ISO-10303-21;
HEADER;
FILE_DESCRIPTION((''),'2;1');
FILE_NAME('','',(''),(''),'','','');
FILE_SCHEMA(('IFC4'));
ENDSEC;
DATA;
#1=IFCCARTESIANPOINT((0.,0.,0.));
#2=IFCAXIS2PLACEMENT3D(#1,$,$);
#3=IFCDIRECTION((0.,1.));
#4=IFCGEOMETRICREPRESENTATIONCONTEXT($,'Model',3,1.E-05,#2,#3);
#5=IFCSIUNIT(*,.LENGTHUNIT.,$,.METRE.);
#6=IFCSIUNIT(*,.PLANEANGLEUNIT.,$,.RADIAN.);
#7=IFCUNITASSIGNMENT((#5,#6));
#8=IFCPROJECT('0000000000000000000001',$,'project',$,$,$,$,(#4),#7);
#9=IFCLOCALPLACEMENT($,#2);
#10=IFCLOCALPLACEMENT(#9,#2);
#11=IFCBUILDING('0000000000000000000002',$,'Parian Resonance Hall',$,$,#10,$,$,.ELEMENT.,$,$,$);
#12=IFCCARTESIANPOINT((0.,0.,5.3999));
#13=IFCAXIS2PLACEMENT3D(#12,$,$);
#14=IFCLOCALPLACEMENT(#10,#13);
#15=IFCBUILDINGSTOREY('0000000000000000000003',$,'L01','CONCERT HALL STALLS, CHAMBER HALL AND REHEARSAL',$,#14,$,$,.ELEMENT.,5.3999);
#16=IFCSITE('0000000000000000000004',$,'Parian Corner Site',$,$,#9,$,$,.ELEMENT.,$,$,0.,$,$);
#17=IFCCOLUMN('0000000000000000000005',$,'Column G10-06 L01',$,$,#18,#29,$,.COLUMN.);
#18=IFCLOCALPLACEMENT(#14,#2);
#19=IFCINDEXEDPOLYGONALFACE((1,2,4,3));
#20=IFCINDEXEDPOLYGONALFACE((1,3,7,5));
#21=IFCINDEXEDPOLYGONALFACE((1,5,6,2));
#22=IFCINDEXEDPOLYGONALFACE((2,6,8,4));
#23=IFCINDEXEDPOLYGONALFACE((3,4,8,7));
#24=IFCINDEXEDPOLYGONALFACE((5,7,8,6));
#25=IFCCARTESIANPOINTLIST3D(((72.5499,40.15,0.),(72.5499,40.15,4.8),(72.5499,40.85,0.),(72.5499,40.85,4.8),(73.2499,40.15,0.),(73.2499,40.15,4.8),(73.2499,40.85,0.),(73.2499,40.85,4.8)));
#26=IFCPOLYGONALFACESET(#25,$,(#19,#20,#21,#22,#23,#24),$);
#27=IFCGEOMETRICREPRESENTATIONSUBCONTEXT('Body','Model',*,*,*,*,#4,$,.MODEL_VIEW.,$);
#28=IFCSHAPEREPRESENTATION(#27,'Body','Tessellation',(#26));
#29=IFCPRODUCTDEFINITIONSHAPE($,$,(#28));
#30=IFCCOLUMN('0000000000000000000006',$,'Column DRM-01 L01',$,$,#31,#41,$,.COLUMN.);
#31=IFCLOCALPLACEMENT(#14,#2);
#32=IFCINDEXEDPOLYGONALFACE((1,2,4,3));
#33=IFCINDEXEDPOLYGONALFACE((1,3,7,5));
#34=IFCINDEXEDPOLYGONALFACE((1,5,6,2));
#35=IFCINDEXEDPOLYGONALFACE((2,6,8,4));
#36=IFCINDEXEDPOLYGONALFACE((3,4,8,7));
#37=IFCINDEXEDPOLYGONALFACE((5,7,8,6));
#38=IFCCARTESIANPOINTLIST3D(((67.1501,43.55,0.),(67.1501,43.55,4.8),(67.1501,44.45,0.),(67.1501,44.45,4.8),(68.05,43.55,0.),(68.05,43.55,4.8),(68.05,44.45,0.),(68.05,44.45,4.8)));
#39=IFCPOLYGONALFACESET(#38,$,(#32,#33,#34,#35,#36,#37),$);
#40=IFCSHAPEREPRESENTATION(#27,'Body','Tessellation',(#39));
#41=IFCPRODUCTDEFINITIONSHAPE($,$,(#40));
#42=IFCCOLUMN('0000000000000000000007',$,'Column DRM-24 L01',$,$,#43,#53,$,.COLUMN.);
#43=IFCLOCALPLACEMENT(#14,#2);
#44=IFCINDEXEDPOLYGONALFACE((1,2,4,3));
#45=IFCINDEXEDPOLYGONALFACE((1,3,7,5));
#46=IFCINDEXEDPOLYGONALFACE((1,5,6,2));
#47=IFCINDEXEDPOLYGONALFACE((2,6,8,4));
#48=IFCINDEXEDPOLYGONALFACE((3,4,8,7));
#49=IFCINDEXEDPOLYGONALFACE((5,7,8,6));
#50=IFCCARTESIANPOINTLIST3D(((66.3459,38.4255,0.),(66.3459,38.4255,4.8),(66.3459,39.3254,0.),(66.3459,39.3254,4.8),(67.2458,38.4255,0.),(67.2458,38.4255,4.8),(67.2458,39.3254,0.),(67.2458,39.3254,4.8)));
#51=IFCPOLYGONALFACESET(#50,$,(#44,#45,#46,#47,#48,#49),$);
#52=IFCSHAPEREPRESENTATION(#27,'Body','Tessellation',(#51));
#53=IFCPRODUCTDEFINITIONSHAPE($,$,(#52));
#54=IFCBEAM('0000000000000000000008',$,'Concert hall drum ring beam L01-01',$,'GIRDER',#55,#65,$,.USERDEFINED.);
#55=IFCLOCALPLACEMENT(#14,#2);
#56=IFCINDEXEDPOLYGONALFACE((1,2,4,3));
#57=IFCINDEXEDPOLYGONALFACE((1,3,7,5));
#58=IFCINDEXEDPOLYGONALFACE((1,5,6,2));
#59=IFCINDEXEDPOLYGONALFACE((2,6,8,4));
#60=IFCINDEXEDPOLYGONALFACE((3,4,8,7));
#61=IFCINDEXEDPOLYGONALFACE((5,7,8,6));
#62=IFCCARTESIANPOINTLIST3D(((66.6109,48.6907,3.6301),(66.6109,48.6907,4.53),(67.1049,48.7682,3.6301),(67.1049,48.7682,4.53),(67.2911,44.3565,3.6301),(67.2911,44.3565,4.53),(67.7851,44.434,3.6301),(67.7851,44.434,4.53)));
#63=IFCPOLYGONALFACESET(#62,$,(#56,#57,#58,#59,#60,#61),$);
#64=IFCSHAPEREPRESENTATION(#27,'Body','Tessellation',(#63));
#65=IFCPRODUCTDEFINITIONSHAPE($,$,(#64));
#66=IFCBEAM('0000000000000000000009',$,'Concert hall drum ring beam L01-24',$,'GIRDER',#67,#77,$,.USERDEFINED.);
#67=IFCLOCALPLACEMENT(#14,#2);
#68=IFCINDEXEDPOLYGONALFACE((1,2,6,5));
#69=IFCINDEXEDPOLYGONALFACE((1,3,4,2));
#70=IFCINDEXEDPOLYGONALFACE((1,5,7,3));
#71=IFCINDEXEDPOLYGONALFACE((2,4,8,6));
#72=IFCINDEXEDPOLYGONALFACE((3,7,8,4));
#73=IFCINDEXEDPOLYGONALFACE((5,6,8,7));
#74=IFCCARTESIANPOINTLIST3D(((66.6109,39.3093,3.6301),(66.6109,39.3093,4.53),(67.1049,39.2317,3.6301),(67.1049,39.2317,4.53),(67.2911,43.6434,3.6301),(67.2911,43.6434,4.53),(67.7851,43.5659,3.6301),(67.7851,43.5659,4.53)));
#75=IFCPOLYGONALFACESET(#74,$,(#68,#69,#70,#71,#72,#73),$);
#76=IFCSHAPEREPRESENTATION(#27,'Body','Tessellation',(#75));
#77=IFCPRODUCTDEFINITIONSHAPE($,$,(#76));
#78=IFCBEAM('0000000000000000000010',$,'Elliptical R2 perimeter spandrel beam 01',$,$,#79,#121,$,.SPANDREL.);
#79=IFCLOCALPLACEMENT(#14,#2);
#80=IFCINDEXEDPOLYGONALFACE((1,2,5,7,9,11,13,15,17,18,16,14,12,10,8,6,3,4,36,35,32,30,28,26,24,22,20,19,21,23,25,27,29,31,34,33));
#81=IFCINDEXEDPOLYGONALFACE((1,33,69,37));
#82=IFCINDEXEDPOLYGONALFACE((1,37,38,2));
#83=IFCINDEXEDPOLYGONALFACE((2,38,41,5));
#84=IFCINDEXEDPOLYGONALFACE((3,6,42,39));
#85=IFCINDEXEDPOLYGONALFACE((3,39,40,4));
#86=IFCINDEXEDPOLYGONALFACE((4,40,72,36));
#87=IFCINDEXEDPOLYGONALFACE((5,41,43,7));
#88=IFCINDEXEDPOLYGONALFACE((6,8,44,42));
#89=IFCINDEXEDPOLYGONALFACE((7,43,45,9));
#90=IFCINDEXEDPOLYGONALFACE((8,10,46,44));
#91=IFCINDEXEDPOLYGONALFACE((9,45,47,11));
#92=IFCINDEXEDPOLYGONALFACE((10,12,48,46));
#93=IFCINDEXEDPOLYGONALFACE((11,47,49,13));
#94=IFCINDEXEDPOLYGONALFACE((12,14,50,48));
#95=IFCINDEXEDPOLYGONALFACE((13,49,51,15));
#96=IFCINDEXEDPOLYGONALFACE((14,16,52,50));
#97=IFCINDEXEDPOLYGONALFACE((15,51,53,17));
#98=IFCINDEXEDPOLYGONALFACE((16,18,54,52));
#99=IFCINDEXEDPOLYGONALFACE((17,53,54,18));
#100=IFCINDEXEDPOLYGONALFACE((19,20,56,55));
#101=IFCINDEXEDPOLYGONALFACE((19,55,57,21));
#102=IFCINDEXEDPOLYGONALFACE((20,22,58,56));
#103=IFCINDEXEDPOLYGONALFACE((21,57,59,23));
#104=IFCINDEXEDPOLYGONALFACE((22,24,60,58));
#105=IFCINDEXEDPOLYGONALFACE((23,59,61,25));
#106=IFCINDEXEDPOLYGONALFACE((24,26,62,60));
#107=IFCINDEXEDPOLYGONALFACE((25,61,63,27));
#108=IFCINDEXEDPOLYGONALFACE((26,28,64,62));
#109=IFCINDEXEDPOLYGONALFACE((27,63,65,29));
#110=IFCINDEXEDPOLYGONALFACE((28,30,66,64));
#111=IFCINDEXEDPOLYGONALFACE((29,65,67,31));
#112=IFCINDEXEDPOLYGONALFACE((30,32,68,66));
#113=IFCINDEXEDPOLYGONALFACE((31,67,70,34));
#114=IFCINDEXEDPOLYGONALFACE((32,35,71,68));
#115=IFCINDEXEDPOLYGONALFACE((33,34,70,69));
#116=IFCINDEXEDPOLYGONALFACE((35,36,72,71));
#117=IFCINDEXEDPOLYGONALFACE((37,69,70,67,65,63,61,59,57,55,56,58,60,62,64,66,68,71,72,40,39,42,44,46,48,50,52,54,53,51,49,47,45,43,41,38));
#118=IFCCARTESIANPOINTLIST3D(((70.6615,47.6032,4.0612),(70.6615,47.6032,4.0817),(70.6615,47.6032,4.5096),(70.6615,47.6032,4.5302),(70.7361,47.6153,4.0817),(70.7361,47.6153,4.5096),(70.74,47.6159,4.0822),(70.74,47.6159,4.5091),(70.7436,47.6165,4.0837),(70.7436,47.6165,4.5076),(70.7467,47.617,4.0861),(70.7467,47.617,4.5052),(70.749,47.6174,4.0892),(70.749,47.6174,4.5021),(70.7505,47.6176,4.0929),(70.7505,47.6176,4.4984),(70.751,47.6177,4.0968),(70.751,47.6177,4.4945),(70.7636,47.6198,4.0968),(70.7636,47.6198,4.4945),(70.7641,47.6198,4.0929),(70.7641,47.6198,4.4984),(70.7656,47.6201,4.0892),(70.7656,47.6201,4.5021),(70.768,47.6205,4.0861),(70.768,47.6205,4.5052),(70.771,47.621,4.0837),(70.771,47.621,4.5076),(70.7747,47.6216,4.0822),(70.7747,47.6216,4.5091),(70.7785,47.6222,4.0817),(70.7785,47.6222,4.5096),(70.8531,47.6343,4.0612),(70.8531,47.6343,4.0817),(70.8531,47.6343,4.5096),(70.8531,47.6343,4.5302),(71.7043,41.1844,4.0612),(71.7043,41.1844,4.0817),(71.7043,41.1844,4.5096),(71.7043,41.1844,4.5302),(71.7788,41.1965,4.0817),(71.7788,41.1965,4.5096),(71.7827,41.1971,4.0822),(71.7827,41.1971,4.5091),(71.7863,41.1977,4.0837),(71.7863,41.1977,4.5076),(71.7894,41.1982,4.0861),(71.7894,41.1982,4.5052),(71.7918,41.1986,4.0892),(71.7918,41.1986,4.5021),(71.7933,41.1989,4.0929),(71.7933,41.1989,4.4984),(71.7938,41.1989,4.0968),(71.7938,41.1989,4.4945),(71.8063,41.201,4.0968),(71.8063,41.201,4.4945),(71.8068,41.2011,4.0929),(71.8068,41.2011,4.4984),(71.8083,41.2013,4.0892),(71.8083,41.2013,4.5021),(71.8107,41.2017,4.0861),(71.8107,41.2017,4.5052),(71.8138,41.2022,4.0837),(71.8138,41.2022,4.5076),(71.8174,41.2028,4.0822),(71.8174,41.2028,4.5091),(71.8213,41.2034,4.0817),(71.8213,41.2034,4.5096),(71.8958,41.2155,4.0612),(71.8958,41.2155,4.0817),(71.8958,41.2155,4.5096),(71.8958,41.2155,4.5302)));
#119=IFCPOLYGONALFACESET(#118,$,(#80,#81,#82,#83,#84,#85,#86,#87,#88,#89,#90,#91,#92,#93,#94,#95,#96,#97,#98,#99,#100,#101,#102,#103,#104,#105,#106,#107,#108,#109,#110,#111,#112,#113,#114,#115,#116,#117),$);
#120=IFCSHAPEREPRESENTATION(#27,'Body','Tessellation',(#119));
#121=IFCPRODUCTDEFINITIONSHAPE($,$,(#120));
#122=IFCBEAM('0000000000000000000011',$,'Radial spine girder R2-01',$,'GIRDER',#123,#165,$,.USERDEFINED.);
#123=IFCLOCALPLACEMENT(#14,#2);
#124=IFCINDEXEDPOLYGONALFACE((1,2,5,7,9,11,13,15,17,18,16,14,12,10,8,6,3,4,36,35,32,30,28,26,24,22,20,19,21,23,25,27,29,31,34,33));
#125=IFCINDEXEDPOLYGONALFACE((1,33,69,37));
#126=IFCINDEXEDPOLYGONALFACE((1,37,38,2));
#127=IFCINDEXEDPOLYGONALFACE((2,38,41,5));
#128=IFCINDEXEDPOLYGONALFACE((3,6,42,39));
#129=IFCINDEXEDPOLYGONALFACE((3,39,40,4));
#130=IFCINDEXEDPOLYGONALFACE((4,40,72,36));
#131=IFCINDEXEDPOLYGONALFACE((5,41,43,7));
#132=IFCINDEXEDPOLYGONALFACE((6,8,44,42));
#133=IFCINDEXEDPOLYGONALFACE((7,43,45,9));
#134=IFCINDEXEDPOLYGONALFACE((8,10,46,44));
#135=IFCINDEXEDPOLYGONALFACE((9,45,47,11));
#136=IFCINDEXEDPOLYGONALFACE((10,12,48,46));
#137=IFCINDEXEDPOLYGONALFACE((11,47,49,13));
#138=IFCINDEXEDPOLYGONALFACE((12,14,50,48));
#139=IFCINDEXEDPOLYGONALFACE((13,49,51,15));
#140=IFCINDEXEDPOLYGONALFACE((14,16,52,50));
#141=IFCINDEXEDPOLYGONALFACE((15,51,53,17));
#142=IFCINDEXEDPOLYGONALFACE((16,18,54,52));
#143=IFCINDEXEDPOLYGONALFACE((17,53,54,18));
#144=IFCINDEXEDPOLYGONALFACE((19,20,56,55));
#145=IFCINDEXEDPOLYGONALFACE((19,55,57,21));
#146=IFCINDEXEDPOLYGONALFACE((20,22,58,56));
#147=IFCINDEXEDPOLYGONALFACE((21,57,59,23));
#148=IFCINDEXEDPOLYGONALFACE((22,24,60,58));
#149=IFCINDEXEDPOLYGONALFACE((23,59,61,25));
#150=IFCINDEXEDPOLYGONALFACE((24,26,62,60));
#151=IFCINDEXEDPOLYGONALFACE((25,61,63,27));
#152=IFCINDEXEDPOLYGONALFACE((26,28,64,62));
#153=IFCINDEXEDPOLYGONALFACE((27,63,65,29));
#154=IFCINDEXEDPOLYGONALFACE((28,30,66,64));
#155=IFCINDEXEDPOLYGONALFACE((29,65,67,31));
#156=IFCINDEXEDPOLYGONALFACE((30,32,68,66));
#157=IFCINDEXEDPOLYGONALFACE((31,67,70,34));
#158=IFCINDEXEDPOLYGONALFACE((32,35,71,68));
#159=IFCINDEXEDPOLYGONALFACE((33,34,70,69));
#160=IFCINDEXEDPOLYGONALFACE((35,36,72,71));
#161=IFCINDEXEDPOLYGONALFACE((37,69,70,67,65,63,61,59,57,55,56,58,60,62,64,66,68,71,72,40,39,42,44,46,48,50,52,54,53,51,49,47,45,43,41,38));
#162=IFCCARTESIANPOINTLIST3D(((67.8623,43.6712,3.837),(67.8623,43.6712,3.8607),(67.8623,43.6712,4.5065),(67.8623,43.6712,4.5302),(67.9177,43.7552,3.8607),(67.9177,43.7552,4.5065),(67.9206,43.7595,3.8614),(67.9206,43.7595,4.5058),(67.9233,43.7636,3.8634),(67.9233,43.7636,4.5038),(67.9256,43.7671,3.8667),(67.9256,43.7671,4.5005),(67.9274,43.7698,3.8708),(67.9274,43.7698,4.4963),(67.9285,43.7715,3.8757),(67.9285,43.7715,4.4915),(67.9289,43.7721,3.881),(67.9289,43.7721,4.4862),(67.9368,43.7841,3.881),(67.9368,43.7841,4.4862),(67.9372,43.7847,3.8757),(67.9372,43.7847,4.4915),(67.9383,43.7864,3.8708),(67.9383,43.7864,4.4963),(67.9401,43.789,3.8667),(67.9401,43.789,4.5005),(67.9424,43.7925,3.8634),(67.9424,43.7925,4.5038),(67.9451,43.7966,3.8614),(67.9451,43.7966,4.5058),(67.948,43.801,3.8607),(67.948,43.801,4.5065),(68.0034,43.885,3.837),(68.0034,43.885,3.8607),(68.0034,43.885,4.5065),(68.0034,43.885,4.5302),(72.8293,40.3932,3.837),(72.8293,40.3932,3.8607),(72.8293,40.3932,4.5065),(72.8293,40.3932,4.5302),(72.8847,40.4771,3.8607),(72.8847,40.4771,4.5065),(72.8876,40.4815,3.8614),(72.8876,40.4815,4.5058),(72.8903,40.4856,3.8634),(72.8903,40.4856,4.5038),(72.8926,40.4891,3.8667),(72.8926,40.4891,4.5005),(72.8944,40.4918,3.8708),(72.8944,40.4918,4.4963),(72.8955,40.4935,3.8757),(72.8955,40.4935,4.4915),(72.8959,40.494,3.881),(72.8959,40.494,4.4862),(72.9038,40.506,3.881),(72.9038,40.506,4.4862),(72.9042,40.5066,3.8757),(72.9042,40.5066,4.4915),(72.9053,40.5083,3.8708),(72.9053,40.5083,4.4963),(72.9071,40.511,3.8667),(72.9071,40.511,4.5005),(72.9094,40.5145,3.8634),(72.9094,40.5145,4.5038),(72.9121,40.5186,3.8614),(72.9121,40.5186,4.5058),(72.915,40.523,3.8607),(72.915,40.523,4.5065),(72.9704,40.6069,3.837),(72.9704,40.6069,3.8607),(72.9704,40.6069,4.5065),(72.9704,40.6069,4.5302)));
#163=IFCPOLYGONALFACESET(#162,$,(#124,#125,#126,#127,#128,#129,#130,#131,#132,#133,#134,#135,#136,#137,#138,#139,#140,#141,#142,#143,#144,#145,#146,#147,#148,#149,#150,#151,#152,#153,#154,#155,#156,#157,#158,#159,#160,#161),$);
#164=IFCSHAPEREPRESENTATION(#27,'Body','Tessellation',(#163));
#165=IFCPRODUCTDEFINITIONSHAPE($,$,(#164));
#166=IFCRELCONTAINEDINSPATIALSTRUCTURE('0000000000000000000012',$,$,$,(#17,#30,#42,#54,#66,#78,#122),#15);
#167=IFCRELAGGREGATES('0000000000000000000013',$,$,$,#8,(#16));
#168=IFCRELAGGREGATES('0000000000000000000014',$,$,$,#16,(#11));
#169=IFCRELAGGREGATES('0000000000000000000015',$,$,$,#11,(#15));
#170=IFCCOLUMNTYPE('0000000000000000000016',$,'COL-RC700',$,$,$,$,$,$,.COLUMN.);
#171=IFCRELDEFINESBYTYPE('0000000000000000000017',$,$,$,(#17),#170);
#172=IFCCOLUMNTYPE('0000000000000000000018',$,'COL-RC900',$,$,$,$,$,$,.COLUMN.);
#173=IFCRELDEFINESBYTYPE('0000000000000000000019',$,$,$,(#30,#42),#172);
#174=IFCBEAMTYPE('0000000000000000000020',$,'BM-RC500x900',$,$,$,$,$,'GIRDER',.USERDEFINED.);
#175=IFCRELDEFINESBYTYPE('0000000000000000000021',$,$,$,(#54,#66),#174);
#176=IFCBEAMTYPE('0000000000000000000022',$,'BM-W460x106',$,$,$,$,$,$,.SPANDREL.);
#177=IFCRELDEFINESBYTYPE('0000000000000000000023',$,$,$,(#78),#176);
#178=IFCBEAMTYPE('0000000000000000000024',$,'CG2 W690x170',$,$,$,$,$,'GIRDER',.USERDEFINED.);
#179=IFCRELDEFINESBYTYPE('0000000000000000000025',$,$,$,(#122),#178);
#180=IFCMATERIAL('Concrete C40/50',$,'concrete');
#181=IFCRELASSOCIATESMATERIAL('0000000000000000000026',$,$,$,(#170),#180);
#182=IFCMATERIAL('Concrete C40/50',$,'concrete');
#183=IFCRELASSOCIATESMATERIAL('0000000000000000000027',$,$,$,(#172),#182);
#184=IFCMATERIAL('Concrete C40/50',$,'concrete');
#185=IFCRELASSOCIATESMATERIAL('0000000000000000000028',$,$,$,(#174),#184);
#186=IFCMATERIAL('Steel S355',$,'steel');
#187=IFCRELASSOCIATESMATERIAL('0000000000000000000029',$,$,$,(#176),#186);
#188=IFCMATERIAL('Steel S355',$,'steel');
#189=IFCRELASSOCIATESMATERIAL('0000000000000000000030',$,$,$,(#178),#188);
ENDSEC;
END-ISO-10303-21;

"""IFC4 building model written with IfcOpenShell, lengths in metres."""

from ifc_helpers import new_model, si_unit, direction, frame, origin, origin_2d, place, context, subcontext, project, spatial, rectangle, i_section, extrude, material, material_profile, profile_set, type_object, element, save


model = new_model("IFC4")

# Units and contexts
model_context = context("Model", 3, precision=1e-05, world=origin(), true_north=direction((0.0, 1.0)))
body_context = subcontext(model_context, "Body", "Model", "MODEL_VIEW")
ifc_project = project(units=[si_unit("LENGTHUNIT", "METRE"), si_unit("PLANEANGLEUNIT", "RADIAN")], contexts=[model_context])

# Site, building, storey
site_placement = place(None, origin())
site = spatial("IfcSite", under=ifc_project, at=site_placement, Name="Parian Corner Site", CompositionType="ELEMENT", RefElevation=0.0)
building_placement = place(site_placement, origin())
building = spatial("IfcBuilding", under=site, at=building_placement, Name="Parian Resonance Hall", CompositionType="ELEMENT")
storey_placement = place(building_placement, frame((0.0, 0.0, 5.3999)))
storey = spatial("IfcBuildingStorey", under=building, at=storey_placement, Name="L01", Description="CONCERT HALL STALLS, CHAMBER HALL AND REHEARSAL", CompositionType="ELEMENT", Elevation=5.3999)

# Columns
ifc_material_1 = material(Name="Concrete C40/50", Category="concrete")
ifc_material_profile_1 = material_profile(ifc_material_1, rectangle(XDim=0.7, YDim=0.7, at=origin_2d()), Name="RC-COL-700x700")
ifc_profile_set_1 = profile_set([ifc_material_profile_1], Name="Concrete C40/50")
column_type_1 = type_object("IfcColumnType", Name="COL-RC700", PredefinedType="COLUMN", material=ifc_profile_set_1)
column_placement = place(storey_placement, frame((72.8999, 40.5, 0.0), z_axis=(0.0, 0.0, 1.0), x_axis=(1.0, 0.0, 0.0)))
element("IfcColumn", 1, at=column_placement, inside=storey, type_object=column_type_1, Name="Column G10-06 L01", PredefinedType="COLUMN", context=body_context, shape_type="SweptSolid", body=[
    extrude(rectangle(XDim=0.7, YDim=0.7, at=origin_2d()), origin(), (0.0, 0.0, 1.0), 4.8),
])
ifc_material_2 = material(Name="Concrete C40/50", Category="concrete")
ifc_material_profile_2 = material_profile(ifc_material_2, rectangle(XDim=0.8999, YDim=0.8999, at=origin_2d()), Name="RC-COL-900x900")
ifc_profile_set_2 = profile_set([ifc_material_profile_2], Name="Concrete C40/50")
column_type_2 = type_object("IfcColumnType", Name="COL-RC900", PredefinedType="COLUMN", material=ifc_profile_set_2)
for number, where, z_axis, x_axis, name in (
    (2, (67.6001, 44.0, 0.0), (0.0, 0.0, 1.0), (1.0, 0.0, 0.0), "Column DRM-01 L01"),
    (3, (66.7959, 38.8755, 0.0), (0.0, 0.0, 1.0), (1.0, 0.0, 0.0), "Column DRM-24 L01"),
):
    element("IfcColumn", number, at=place(storey_placement, frame(where, z_axis=z_axis, x_axis=x_axis)), inside=storey, type_object=column_type_2, Name=name, PredefinedType="COLUMN", context=body_context, shape_type="SweptSolid", body=[
        extrude(rectangle(XDim=0.8999, YDim=0.8999, at=origin_2d()), origin(), (0.0, 0.0, 1.0), 4.8),
    ])

# Beams
ifc_material_3 = material(Name="Concrete C40/50", Category="concrete")
ifc_material_profile_3 = material_profile(ifc_material_3, rectangle(XDim=0.5, YDim=0.8999, at=origin_2d()), Name="RC-BM-500x900")
ifc_profile_set_3 = profile_set([ifc_material_profile_3], Name="Concrete C40/50")
beam_type_1 = type_object("IfcBeamType", Name="BM-RC500x900", ElementType="GIRDER", PredefinedType="USERDEFINED", material=ifc_profile_set_3)
for number, where, z_axis, x_axis, name in (
    (4, (67.5381, 44.3953, 4.0801), (-0.155034, 0.987909, 0.0), (-0.987909, -0.155034, 0.0), "Concert hall drum ring beam L01-01"),
    (5, (66.8579, 39.2705, 4.0801), (0.155034, 0.987909, 0.0), (-0.987909, 0.155034, 0.0), "Concert hall drum ring beam L01-24"),
):
    element("IfcBeam", number, at=place(storey_placement, frame(where, z_axis=z_axis, x_axis=x_axis)), inside=storey, type_object=beam_type_1, Name=name, ObjectType="GIRDER", PredefinedType="USERDEFINED", context=body_context, shape_type="SweptSolid", body=[
        extrude(rectangle(XDim=0.5, YDim=0.8999, at=origin_2d()), origin(), (0.0, 0.0, 1.0), 4.3872),
    ])
ifc_material_4 = material(Name="Steel S355", Category="steel")
ifc_material_profile_4 = material_profile(ifc_material_4, i_section(OverallWidth=0.1941, OverallDepth=0.469, WebThickness=0.0127, FlangeThickness=0.0205, FilletRadius=0.0151, at=origin_2d()), Name="W460x106")
ifc_profile_set_4 = profile_set([ifc_material_profile_4], Name="Steel S355")
beam_type_2 = type_object("IfcBeamType", Name="BM-W460x106", PredefinedType="SPANDREL", material=ifc_profile_set_4)
beam_1_placement = place(storey_placement, frame((71.8, 41.2, 4.2957), z_axis=(-0.160349, 0.98706, 0.0), x_axis=(-0.98706, -0.160349, 0.0)))
element("IfcBeam", 6, at=beam_1_placement, inside=storey, type_object=beam_type_2, Name="Elliptical R2 perimeter spandrel beam 01", PredefinedType="SPANDREL", context=body_context, shape_type="SweptSolid", body=[
    extrude(i_section(OverallWidth=0.1941, OverallDepth=0.469, WebThickness=0.0127, FlangeThickness=0.0205, FilletRadius=0.0151, at=origin_2d()), origin(), (0.0, 0.0, 1.0), 6.5029),
])
ifc_material_5 = material(Name="Steel S355", Category="steel")
ifc_material_profile_5 = material_profile(ifc_material_5, i_section(OverallWidth=0.2561, OverallDepth=0.6931, WebThickness=0.0144, FlangeThickness=0.0237, FilletRadius=0.0203, at=origin_2d()), Name="W690x170")
ifc_profile_set_5 = profile_set([ifc_material_profile_5], Name="Steel S355")
beam_type_3 = type_object("IfcBeamType", Name="CG2 W690x170", ElementType="GIRDER", PredefinedType="USERDEFINED", material=ifc_profile_set_5)
beam_2_placement = place(storey_placement, frame((67.9329, 43.7781, 4.1836), z_axis=(0.834623, -0.550822, 0.0), x_axis=(0.550822, 0.834623, 0.0)))
element("IfcBeam", 7, at=beam_2_placement, inside=storey, type_object=beam_type_3, Name="Radial spine girder R2-01", ObjectType="GIRDER", PredefinedType="USERDEFINED", context=body_context, shape_type="SweptSolid", body=[
    extrude(i_section(OverallWidth=0.2561, OverallDepth=0.6931, WebThickness=0.0144, FlangeThickness=0.0237, FilletRadius=0.0203, at=origin_2d()), origin(), (0.0, 0.0, 1.0), 5.9512),
])

save(model, "model.ifc")
